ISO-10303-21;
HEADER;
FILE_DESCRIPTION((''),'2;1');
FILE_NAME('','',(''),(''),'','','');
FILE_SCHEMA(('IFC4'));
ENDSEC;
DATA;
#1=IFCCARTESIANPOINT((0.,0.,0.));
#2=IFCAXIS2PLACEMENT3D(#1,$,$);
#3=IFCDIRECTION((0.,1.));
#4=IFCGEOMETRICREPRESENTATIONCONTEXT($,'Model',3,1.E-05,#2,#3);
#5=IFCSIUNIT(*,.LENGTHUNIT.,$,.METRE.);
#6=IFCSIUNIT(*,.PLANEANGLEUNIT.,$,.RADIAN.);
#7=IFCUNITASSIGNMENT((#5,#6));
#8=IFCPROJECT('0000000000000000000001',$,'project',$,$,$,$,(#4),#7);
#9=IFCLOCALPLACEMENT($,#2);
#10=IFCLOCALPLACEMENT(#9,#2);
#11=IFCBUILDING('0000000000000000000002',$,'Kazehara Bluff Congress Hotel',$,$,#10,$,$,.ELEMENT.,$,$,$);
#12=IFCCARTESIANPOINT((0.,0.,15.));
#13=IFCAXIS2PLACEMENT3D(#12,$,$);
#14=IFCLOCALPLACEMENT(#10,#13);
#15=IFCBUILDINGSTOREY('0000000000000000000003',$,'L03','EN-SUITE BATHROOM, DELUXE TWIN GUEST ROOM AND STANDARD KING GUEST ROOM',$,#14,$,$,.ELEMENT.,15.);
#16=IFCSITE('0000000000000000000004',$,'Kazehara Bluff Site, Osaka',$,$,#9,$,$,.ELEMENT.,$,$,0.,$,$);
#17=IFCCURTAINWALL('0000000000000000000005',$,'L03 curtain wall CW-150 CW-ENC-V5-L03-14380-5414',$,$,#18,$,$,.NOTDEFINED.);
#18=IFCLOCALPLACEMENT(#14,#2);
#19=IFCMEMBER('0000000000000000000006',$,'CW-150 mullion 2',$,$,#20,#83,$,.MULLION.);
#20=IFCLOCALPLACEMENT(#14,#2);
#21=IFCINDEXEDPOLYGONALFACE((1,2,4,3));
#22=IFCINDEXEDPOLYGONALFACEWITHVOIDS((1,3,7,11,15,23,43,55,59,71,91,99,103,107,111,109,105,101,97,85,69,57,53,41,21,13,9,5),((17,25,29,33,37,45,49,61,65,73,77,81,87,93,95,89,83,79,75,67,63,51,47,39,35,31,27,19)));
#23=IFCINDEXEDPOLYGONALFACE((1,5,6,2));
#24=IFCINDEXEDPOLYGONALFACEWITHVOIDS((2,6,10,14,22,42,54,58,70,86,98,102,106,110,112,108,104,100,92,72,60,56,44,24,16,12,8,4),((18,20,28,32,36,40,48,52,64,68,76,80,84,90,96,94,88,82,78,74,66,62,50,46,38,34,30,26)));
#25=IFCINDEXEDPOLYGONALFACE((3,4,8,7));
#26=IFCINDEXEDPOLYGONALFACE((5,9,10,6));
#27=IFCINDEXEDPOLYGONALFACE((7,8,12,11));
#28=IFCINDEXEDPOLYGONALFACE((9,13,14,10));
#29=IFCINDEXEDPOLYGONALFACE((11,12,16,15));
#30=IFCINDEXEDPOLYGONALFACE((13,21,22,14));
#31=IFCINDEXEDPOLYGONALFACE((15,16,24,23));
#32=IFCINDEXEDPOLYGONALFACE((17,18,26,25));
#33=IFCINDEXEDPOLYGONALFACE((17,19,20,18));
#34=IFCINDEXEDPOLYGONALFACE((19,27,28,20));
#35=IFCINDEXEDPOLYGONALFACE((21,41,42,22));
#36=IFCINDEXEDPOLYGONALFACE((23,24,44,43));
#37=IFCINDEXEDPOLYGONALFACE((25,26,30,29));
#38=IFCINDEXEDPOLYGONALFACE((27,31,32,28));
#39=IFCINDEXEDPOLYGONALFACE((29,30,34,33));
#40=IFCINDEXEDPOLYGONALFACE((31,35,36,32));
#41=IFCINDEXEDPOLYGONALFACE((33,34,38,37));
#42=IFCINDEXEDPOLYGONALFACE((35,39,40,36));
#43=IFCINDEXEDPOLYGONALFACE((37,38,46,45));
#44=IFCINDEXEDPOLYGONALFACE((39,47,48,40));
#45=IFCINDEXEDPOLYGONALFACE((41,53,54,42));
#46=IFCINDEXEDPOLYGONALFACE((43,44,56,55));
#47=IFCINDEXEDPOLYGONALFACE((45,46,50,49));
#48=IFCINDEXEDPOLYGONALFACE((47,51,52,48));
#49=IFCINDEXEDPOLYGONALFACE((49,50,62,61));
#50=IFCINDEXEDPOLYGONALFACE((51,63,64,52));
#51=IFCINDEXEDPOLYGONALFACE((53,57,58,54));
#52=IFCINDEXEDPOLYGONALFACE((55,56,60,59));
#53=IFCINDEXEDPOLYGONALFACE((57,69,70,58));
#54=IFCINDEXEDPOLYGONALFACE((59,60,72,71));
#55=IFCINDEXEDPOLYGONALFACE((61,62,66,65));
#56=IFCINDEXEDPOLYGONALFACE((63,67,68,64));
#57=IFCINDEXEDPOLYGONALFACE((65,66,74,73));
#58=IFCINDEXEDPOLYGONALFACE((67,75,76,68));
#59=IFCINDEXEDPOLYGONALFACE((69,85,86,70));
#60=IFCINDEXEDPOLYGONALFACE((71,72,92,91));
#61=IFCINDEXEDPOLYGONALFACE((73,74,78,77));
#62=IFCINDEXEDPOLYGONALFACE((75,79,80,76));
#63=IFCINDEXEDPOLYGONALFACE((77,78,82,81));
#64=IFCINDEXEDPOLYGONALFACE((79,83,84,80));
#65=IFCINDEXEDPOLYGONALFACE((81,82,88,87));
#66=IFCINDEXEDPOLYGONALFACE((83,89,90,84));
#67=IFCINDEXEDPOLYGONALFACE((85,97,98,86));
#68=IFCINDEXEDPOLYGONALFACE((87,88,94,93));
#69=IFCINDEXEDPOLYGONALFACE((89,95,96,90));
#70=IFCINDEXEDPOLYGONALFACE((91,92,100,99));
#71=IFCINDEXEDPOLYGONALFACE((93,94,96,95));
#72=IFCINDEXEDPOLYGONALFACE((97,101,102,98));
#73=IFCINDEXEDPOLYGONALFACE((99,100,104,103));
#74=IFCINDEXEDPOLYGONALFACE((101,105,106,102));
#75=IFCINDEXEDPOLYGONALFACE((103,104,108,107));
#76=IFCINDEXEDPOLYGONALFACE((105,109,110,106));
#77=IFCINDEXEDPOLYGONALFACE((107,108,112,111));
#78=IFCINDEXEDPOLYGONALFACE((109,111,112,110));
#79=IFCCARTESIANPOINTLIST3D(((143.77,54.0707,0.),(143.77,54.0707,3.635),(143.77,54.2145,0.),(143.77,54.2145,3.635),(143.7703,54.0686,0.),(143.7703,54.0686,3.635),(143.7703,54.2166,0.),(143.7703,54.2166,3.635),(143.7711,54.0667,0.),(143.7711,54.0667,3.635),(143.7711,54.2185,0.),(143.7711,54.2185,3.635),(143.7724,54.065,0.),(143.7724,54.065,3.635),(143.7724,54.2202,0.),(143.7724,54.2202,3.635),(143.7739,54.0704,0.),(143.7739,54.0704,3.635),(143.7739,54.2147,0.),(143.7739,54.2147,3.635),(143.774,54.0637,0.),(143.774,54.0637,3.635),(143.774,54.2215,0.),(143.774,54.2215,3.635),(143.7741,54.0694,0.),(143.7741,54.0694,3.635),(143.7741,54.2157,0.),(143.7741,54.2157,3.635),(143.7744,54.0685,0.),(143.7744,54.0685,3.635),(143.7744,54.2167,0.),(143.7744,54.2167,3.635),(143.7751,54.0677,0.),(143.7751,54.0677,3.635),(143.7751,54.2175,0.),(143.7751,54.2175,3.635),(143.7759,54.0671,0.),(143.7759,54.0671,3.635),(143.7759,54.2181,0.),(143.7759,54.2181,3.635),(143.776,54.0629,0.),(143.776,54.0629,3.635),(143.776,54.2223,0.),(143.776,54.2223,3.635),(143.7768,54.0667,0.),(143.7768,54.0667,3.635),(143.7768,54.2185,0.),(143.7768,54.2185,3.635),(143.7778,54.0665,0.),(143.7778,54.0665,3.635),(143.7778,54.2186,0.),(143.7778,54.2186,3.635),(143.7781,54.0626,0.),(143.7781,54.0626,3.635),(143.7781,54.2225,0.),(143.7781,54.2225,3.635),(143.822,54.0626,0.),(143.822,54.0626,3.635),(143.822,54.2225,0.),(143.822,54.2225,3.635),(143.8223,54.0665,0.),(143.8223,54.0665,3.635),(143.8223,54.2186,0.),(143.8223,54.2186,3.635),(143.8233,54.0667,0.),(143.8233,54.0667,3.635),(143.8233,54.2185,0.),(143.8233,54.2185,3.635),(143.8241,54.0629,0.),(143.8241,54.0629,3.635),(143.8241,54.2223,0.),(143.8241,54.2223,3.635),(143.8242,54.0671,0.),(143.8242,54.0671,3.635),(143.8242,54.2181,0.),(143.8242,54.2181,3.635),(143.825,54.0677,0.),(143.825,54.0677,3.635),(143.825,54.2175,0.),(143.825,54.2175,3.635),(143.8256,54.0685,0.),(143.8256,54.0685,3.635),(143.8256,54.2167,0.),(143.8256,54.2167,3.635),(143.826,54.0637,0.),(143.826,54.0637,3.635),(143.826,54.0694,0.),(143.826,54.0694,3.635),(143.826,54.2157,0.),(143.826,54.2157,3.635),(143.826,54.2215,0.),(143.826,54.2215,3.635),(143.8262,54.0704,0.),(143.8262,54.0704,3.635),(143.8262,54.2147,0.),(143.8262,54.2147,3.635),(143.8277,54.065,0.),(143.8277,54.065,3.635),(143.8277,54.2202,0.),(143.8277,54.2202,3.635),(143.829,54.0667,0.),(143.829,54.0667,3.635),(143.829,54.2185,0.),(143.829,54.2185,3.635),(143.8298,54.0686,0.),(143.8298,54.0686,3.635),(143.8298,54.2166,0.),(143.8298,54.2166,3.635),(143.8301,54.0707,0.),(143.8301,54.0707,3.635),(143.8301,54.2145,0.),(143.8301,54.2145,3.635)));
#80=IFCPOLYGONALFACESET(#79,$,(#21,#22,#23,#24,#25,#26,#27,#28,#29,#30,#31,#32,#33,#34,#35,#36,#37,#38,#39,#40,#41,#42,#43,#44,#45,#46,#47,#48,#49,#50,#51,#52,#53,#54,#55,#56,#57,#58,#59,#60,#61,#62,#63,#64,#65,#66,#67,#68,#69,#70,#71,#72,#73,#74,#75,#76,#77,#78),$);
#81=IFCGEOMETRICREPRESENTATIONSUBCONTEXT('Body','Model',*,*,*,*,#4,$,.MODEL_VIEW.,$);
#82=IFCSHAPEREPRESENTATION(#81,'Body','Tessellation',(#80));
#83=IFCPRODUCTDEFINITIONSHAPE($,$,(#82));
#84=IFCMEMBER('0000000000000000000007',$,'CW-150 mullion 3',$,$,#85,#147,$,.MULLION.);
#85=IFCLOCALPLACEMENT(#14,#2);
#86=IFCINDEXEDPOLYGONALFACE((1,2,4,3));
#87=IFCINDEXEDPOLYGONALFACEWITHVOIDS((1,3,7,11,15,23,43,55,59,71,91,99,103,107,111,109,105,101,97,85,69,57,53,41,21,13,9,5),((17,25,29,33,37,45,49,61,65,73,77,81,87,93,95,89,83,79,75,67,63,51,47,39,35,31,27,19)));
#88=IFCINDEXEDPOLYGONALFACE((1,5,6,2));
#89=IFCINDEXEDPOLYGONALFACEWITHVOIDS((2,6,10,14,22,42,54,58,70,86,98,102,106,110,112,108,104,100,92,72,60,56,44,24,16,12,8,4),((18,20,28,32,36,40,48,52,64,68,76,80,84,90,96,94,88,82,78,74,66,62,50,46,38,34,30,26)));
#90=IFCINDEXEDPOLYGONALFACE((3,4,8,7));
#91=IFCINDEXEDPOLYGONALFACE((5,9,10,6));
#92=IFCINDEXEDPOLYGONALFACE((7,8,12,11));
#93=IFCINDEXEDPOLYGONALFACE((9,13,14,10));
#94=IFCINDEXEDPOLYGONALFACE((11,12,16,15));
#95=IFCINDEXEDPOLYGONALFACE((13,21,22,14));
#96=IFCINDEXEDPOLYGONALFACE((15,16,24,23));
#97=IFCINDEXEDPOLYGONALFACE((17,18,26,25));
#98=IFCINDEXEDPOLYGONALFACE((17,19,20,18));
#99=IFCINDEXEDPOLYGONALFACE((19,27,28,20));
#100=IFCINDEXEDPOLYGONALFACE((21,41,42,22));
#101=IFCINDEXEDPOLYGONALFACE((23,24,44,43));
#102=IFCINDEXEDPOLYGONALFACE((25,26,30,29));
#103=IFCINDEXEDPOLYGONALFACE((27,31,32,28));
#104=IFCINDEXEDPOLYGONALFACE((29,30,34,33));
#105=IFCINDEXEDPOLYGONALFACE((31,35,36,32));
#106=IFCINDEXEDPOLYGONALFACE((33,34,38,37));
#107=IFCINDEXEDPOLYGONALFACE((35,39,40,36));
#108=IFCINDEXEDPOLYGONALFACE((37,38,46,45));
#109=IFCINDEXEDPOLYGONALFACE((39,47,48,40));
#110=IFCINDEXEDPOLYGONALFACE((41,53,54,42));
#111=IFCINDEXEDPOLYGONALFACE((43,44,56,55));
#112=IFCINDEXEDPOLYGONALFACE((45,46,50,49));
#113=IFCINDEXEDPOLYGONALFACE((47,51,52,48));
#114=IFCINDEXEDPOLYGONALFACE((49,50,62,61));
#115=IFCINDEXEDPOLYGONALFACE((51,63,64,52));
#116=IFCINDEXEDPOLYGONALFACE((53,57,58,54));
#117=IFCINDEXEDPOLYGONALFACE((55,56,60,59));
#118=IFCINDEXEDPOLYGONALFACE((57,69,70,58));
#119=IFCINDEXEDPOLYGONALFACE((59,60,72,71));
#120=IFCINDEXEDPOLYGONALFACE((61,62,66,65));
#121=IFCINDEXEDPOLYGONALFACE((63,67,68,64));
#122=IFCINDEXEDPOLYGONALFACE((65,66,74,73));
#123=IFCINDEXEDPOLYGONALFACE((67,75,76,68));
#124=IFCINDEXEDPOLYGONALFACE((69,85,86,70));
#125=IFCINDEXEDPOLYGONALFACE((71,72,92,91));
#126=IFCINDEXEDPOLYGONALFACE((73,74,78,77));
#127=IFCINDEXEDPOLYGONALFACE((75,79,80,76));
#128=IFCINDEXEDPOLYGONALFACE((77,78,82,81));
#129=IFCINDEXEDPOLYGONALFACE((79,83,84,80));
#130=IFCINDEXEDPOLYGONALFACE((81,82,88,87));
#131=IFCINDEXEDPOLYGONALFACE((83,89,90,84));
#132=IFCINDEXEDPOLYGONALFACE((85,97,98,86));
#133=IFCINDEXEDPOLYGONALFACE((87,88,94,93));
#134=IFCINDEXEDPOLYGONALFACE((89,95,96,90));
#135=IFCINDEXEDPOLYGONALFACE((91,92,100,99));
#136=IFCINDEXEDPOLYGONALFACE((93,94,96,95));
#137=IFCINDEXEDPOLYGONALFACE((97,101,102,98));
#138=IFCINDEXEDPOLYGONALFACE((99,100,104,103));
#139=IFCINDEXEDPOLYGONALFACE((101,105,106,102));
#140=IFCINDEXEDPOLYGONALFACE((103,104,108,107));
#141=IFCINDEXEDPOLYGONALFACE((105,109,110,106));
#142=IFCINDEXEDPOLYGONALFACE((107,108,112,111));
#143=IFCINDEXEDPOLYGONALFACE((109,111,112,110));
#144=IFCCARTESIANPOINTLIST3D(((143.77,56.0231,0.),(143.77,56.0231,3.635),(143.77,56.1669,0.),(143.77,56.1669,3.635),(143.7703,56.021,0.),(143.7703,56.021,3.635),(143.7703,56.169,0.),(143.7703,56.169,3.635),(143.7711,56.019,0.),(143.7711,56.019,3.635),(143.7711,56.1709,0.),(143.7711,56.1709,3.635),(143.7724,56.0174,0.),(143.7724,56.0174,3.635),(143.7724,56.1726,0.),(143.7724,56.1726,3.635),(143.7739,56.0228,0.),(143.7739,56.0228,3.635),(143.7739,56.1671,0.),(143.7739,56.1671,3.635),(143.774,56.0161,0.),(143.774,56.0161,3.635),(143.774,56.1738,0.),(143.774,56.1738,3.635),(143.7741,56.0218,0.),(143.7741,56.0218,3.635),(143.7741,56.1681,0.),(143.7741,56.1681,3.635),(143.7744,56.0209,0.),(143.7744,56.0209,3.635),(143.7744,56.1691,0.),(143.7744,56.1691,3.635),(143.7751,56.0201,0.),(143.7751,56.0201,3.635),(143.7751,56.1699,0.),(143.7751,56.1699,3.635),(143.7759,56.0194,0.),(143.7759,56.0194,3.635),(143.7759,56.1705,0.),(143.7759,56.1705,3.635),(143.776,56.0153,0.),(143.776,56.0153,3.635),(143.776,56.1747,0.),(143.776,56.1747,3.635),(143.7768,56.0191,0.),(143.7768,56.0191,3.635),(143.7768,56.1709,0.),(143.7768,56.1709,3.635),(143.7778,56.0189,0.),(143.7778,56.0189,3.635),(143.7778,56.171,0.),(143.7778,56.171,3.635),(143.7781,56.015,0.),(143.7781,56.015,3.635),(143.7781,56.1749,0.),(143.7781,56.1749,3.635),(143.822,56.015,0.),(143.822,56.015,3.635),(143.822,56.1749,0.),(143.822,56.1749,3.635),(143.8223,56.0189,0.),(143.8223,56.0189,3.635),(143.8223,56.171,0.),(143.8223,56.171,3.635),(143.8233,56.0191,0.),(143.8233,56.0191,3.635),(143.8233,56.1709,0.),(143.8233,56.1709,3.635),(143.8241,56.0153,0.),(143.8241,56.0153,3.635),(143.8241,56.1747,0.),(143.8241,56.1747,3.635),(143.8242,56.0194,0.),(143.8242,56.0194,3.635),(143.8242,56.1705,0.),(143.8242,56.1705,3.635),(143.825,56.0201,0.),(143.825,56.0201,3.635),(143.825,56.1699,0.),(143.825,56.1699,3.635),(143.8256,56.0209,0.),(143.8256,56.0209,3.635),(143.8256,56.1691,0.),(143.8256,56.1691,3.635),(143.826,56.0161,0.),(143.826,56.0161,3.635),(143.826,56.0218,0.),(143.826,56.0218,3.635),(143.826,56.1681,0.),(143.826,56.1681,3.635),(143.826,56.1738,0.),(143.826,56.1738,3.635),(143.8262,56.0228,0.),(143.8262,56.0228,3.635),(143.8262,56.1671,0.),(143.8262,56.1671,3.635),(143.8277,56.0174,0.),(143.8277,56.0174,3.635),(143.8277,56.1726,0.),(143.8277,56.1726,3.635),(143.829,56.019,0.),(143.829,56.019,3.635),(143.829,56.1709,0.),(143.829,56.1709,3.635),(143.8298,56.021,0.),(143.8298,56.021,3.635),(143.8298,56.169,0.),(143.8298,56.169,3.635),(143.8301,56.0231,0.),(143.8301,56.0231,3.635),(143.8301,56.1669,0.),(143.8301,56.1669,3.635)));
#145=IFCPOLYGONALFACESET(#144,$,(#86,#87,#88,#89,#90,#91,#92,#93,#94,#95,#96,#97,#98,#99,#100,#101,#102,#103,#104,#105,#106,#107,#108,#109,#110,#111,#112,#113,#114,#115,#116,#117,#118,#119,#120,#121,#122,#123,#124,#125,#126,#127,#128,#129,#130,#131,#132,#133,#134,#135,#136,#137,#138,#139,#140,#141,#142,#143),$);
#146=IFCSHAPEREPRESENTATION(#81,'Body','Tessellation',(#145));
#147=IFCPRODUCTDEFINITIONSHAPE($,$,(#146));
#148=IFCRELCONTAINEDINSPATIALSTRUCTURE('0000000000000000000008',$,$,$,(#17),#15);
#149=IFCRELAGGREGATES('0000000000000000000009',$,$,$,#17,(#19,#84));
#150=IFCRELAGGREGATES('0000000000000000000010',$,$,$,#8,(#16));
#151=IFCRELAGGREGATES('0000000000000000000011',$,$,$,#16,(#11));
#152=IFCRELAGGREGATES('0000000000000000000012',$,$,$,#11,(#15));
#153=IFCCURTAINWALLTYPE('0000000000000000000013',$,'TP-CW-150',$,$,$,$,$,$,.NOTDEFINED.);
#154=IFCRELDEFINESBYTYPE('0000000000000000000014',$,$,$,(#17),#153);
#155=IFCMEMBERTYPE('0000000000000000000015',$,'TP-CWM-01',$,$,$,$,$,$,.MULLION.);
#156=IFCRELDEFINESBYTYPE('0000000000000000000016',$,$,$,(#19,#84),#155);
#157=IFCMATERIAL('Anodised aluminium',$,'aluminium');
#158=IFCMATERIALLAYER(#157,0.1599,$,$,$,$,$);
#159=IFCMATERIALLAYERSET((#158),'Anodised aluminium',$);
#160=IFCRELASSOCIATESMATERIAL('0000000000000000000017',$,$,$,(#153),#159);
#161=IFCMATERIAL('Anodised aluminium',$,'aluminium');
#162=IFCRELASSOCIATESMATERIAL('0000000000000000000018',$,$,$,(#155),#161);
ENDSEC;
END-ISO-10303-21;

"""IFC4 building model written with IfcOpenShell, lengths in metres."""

from ifc_helpers import new_model, si_unit, direction, frame, origin, origin_2d, place, context, subcontext, project, spatial, hollow_rectangle, extrude, material, layer, layer_set, material_profile, profile_set, type_object, element, aggregate, save


model = new_model("IFC4")

# Units and contexts
model_context = context("Model", 3, precision=1e-05, world=origin(), true_north=direction((0.0, 1.0)))
body_context = subcontext(model_context, "Body", "Model", "MODEL_VIEW")
ifc_project = project(units=[si_unit("LENGTHUNIT", "METRE"), si_unit("PLANEANGLEUNIT", "RADIAN")], contexts=[model_context])

# Site, building, storey
site_placement = place(None, origin())
site = spatial("IfcSite", under=ifc_project, at=site_placement, Name="Kazehara Bluff Site, Osaka", CompositionType="ELEMENT", RefElevation=0.0)
building_placement = place(site_placement, origin())
building = spatial("IfcBuilding", under=site, at=building_placement, Name="Kazehara Bluff Congress Hotel", CompositionType="ELEMENT")
storey_placement = place(building_placement, frame((0.0, 0.0, 15.0)))
storey = spatial("IfcBuildingStorey", under=building, at=storey_placement, Name="L03", Description="EN-SUITE BATHROOM, DELUXE TWIN GUEST ROOM AND STANDARD KING GUEST ROOM", CompositionType="ELEMENT", Elevation=15.0)

# Curtain wall, members
ifc_material_1 = material(Name="Anodised aluminium", Category="aluminium")
ifc_layer_1 = layer(ifc_material_1, 0.1599)
ifc_layer_set_1 = layer_set([ifc_layer_1], Name="Anodised aluminium")
curtain_wall_type_1 = type_object("IfcCurtainWallType", Name="TP-CW-150", PredefinedType="NOTDEFINED", material=ifc_layer_set_1)
curtain_wall_1_placement = place(storey_placement, origin())
curtain_wall_1 = element("IfcCurtainWall", 1, at=curtain_wall_1_placement, inside=storey, type_object=curtain_wall_type_1, Name="L03 curtain wall CW-150 CW-ENC-V5-L03-14380-5414", PredefinedType="NOTDEFINED")
ifc_material_2 = material(Name="Anodised aluminium", Category="aluminium")
ifc_material_profile_1 = material_profile(ifc_material_2, hollow_rectangle(XDim=0.0601, YDim=0.1599, WallThickness=0.0039, InnerFilletRadius=0.0039, OuterFilletRadius=0.0081, at=origin_2d()))
ifc_profile_set_1 = profile_set([ifc_material_profile_1], Name="Anodised aluminium")
member_type_1 = type_object("IfcMemberType", Name="TP-CWM-01", PredefinedType="MULLION", material=ifc_profile_set_1)
member_1_placement = place(storey_placement, frame((143.8, 54.1426, 0.0), z_axis=(0.0, 0.0, 1.0), x_axis=(-1.0, 0.0, 0.0)))
member_1 = element("IfcMember", 2, at=member_1_placement, type_object=member_type_1, Name="CW-150 mullion 2", PredefinedType="MULLION", context=body_context, shape_type="SweptSolid", body=[
    extrude(hollow_rectangle(XDim=0.0601, YDim=0.1599, WallThickness=0.0039, InnerFilletRadius=0.0039, OuterFilletRadius=0.0081, at=origin_2d()), origin(), (0.0, 0.0, 1.0), 3.635),
])
member_2_placement = place(storey_placement, frame((143.8, 56.095, 0.0), z_axis=(0.0, 0.0, 1.0), x_axis=(-1.0, 0.0, 0.0)))
member_2 = element("IfcMember", 3, at=member_2_placement, type_object=member_type_1, Name="CW-150 mullion 3", PredefinedType="MULLION", context=body_context, shape_type="SweptSolid", body=[
    extrude(hollow_rectangle(XDim=0.0601, YDim=0.1599, WallThickness=0.0039, InnerFilletRadius=0.0039, OuterFilletRadius=0.0081, at=origin_2d()), origin(), (0.0, 0.0, 1.0), 3.635),
])

aggregate(curtain_wall_1, [member_1, member_2])

save(model, "model.ifc")
